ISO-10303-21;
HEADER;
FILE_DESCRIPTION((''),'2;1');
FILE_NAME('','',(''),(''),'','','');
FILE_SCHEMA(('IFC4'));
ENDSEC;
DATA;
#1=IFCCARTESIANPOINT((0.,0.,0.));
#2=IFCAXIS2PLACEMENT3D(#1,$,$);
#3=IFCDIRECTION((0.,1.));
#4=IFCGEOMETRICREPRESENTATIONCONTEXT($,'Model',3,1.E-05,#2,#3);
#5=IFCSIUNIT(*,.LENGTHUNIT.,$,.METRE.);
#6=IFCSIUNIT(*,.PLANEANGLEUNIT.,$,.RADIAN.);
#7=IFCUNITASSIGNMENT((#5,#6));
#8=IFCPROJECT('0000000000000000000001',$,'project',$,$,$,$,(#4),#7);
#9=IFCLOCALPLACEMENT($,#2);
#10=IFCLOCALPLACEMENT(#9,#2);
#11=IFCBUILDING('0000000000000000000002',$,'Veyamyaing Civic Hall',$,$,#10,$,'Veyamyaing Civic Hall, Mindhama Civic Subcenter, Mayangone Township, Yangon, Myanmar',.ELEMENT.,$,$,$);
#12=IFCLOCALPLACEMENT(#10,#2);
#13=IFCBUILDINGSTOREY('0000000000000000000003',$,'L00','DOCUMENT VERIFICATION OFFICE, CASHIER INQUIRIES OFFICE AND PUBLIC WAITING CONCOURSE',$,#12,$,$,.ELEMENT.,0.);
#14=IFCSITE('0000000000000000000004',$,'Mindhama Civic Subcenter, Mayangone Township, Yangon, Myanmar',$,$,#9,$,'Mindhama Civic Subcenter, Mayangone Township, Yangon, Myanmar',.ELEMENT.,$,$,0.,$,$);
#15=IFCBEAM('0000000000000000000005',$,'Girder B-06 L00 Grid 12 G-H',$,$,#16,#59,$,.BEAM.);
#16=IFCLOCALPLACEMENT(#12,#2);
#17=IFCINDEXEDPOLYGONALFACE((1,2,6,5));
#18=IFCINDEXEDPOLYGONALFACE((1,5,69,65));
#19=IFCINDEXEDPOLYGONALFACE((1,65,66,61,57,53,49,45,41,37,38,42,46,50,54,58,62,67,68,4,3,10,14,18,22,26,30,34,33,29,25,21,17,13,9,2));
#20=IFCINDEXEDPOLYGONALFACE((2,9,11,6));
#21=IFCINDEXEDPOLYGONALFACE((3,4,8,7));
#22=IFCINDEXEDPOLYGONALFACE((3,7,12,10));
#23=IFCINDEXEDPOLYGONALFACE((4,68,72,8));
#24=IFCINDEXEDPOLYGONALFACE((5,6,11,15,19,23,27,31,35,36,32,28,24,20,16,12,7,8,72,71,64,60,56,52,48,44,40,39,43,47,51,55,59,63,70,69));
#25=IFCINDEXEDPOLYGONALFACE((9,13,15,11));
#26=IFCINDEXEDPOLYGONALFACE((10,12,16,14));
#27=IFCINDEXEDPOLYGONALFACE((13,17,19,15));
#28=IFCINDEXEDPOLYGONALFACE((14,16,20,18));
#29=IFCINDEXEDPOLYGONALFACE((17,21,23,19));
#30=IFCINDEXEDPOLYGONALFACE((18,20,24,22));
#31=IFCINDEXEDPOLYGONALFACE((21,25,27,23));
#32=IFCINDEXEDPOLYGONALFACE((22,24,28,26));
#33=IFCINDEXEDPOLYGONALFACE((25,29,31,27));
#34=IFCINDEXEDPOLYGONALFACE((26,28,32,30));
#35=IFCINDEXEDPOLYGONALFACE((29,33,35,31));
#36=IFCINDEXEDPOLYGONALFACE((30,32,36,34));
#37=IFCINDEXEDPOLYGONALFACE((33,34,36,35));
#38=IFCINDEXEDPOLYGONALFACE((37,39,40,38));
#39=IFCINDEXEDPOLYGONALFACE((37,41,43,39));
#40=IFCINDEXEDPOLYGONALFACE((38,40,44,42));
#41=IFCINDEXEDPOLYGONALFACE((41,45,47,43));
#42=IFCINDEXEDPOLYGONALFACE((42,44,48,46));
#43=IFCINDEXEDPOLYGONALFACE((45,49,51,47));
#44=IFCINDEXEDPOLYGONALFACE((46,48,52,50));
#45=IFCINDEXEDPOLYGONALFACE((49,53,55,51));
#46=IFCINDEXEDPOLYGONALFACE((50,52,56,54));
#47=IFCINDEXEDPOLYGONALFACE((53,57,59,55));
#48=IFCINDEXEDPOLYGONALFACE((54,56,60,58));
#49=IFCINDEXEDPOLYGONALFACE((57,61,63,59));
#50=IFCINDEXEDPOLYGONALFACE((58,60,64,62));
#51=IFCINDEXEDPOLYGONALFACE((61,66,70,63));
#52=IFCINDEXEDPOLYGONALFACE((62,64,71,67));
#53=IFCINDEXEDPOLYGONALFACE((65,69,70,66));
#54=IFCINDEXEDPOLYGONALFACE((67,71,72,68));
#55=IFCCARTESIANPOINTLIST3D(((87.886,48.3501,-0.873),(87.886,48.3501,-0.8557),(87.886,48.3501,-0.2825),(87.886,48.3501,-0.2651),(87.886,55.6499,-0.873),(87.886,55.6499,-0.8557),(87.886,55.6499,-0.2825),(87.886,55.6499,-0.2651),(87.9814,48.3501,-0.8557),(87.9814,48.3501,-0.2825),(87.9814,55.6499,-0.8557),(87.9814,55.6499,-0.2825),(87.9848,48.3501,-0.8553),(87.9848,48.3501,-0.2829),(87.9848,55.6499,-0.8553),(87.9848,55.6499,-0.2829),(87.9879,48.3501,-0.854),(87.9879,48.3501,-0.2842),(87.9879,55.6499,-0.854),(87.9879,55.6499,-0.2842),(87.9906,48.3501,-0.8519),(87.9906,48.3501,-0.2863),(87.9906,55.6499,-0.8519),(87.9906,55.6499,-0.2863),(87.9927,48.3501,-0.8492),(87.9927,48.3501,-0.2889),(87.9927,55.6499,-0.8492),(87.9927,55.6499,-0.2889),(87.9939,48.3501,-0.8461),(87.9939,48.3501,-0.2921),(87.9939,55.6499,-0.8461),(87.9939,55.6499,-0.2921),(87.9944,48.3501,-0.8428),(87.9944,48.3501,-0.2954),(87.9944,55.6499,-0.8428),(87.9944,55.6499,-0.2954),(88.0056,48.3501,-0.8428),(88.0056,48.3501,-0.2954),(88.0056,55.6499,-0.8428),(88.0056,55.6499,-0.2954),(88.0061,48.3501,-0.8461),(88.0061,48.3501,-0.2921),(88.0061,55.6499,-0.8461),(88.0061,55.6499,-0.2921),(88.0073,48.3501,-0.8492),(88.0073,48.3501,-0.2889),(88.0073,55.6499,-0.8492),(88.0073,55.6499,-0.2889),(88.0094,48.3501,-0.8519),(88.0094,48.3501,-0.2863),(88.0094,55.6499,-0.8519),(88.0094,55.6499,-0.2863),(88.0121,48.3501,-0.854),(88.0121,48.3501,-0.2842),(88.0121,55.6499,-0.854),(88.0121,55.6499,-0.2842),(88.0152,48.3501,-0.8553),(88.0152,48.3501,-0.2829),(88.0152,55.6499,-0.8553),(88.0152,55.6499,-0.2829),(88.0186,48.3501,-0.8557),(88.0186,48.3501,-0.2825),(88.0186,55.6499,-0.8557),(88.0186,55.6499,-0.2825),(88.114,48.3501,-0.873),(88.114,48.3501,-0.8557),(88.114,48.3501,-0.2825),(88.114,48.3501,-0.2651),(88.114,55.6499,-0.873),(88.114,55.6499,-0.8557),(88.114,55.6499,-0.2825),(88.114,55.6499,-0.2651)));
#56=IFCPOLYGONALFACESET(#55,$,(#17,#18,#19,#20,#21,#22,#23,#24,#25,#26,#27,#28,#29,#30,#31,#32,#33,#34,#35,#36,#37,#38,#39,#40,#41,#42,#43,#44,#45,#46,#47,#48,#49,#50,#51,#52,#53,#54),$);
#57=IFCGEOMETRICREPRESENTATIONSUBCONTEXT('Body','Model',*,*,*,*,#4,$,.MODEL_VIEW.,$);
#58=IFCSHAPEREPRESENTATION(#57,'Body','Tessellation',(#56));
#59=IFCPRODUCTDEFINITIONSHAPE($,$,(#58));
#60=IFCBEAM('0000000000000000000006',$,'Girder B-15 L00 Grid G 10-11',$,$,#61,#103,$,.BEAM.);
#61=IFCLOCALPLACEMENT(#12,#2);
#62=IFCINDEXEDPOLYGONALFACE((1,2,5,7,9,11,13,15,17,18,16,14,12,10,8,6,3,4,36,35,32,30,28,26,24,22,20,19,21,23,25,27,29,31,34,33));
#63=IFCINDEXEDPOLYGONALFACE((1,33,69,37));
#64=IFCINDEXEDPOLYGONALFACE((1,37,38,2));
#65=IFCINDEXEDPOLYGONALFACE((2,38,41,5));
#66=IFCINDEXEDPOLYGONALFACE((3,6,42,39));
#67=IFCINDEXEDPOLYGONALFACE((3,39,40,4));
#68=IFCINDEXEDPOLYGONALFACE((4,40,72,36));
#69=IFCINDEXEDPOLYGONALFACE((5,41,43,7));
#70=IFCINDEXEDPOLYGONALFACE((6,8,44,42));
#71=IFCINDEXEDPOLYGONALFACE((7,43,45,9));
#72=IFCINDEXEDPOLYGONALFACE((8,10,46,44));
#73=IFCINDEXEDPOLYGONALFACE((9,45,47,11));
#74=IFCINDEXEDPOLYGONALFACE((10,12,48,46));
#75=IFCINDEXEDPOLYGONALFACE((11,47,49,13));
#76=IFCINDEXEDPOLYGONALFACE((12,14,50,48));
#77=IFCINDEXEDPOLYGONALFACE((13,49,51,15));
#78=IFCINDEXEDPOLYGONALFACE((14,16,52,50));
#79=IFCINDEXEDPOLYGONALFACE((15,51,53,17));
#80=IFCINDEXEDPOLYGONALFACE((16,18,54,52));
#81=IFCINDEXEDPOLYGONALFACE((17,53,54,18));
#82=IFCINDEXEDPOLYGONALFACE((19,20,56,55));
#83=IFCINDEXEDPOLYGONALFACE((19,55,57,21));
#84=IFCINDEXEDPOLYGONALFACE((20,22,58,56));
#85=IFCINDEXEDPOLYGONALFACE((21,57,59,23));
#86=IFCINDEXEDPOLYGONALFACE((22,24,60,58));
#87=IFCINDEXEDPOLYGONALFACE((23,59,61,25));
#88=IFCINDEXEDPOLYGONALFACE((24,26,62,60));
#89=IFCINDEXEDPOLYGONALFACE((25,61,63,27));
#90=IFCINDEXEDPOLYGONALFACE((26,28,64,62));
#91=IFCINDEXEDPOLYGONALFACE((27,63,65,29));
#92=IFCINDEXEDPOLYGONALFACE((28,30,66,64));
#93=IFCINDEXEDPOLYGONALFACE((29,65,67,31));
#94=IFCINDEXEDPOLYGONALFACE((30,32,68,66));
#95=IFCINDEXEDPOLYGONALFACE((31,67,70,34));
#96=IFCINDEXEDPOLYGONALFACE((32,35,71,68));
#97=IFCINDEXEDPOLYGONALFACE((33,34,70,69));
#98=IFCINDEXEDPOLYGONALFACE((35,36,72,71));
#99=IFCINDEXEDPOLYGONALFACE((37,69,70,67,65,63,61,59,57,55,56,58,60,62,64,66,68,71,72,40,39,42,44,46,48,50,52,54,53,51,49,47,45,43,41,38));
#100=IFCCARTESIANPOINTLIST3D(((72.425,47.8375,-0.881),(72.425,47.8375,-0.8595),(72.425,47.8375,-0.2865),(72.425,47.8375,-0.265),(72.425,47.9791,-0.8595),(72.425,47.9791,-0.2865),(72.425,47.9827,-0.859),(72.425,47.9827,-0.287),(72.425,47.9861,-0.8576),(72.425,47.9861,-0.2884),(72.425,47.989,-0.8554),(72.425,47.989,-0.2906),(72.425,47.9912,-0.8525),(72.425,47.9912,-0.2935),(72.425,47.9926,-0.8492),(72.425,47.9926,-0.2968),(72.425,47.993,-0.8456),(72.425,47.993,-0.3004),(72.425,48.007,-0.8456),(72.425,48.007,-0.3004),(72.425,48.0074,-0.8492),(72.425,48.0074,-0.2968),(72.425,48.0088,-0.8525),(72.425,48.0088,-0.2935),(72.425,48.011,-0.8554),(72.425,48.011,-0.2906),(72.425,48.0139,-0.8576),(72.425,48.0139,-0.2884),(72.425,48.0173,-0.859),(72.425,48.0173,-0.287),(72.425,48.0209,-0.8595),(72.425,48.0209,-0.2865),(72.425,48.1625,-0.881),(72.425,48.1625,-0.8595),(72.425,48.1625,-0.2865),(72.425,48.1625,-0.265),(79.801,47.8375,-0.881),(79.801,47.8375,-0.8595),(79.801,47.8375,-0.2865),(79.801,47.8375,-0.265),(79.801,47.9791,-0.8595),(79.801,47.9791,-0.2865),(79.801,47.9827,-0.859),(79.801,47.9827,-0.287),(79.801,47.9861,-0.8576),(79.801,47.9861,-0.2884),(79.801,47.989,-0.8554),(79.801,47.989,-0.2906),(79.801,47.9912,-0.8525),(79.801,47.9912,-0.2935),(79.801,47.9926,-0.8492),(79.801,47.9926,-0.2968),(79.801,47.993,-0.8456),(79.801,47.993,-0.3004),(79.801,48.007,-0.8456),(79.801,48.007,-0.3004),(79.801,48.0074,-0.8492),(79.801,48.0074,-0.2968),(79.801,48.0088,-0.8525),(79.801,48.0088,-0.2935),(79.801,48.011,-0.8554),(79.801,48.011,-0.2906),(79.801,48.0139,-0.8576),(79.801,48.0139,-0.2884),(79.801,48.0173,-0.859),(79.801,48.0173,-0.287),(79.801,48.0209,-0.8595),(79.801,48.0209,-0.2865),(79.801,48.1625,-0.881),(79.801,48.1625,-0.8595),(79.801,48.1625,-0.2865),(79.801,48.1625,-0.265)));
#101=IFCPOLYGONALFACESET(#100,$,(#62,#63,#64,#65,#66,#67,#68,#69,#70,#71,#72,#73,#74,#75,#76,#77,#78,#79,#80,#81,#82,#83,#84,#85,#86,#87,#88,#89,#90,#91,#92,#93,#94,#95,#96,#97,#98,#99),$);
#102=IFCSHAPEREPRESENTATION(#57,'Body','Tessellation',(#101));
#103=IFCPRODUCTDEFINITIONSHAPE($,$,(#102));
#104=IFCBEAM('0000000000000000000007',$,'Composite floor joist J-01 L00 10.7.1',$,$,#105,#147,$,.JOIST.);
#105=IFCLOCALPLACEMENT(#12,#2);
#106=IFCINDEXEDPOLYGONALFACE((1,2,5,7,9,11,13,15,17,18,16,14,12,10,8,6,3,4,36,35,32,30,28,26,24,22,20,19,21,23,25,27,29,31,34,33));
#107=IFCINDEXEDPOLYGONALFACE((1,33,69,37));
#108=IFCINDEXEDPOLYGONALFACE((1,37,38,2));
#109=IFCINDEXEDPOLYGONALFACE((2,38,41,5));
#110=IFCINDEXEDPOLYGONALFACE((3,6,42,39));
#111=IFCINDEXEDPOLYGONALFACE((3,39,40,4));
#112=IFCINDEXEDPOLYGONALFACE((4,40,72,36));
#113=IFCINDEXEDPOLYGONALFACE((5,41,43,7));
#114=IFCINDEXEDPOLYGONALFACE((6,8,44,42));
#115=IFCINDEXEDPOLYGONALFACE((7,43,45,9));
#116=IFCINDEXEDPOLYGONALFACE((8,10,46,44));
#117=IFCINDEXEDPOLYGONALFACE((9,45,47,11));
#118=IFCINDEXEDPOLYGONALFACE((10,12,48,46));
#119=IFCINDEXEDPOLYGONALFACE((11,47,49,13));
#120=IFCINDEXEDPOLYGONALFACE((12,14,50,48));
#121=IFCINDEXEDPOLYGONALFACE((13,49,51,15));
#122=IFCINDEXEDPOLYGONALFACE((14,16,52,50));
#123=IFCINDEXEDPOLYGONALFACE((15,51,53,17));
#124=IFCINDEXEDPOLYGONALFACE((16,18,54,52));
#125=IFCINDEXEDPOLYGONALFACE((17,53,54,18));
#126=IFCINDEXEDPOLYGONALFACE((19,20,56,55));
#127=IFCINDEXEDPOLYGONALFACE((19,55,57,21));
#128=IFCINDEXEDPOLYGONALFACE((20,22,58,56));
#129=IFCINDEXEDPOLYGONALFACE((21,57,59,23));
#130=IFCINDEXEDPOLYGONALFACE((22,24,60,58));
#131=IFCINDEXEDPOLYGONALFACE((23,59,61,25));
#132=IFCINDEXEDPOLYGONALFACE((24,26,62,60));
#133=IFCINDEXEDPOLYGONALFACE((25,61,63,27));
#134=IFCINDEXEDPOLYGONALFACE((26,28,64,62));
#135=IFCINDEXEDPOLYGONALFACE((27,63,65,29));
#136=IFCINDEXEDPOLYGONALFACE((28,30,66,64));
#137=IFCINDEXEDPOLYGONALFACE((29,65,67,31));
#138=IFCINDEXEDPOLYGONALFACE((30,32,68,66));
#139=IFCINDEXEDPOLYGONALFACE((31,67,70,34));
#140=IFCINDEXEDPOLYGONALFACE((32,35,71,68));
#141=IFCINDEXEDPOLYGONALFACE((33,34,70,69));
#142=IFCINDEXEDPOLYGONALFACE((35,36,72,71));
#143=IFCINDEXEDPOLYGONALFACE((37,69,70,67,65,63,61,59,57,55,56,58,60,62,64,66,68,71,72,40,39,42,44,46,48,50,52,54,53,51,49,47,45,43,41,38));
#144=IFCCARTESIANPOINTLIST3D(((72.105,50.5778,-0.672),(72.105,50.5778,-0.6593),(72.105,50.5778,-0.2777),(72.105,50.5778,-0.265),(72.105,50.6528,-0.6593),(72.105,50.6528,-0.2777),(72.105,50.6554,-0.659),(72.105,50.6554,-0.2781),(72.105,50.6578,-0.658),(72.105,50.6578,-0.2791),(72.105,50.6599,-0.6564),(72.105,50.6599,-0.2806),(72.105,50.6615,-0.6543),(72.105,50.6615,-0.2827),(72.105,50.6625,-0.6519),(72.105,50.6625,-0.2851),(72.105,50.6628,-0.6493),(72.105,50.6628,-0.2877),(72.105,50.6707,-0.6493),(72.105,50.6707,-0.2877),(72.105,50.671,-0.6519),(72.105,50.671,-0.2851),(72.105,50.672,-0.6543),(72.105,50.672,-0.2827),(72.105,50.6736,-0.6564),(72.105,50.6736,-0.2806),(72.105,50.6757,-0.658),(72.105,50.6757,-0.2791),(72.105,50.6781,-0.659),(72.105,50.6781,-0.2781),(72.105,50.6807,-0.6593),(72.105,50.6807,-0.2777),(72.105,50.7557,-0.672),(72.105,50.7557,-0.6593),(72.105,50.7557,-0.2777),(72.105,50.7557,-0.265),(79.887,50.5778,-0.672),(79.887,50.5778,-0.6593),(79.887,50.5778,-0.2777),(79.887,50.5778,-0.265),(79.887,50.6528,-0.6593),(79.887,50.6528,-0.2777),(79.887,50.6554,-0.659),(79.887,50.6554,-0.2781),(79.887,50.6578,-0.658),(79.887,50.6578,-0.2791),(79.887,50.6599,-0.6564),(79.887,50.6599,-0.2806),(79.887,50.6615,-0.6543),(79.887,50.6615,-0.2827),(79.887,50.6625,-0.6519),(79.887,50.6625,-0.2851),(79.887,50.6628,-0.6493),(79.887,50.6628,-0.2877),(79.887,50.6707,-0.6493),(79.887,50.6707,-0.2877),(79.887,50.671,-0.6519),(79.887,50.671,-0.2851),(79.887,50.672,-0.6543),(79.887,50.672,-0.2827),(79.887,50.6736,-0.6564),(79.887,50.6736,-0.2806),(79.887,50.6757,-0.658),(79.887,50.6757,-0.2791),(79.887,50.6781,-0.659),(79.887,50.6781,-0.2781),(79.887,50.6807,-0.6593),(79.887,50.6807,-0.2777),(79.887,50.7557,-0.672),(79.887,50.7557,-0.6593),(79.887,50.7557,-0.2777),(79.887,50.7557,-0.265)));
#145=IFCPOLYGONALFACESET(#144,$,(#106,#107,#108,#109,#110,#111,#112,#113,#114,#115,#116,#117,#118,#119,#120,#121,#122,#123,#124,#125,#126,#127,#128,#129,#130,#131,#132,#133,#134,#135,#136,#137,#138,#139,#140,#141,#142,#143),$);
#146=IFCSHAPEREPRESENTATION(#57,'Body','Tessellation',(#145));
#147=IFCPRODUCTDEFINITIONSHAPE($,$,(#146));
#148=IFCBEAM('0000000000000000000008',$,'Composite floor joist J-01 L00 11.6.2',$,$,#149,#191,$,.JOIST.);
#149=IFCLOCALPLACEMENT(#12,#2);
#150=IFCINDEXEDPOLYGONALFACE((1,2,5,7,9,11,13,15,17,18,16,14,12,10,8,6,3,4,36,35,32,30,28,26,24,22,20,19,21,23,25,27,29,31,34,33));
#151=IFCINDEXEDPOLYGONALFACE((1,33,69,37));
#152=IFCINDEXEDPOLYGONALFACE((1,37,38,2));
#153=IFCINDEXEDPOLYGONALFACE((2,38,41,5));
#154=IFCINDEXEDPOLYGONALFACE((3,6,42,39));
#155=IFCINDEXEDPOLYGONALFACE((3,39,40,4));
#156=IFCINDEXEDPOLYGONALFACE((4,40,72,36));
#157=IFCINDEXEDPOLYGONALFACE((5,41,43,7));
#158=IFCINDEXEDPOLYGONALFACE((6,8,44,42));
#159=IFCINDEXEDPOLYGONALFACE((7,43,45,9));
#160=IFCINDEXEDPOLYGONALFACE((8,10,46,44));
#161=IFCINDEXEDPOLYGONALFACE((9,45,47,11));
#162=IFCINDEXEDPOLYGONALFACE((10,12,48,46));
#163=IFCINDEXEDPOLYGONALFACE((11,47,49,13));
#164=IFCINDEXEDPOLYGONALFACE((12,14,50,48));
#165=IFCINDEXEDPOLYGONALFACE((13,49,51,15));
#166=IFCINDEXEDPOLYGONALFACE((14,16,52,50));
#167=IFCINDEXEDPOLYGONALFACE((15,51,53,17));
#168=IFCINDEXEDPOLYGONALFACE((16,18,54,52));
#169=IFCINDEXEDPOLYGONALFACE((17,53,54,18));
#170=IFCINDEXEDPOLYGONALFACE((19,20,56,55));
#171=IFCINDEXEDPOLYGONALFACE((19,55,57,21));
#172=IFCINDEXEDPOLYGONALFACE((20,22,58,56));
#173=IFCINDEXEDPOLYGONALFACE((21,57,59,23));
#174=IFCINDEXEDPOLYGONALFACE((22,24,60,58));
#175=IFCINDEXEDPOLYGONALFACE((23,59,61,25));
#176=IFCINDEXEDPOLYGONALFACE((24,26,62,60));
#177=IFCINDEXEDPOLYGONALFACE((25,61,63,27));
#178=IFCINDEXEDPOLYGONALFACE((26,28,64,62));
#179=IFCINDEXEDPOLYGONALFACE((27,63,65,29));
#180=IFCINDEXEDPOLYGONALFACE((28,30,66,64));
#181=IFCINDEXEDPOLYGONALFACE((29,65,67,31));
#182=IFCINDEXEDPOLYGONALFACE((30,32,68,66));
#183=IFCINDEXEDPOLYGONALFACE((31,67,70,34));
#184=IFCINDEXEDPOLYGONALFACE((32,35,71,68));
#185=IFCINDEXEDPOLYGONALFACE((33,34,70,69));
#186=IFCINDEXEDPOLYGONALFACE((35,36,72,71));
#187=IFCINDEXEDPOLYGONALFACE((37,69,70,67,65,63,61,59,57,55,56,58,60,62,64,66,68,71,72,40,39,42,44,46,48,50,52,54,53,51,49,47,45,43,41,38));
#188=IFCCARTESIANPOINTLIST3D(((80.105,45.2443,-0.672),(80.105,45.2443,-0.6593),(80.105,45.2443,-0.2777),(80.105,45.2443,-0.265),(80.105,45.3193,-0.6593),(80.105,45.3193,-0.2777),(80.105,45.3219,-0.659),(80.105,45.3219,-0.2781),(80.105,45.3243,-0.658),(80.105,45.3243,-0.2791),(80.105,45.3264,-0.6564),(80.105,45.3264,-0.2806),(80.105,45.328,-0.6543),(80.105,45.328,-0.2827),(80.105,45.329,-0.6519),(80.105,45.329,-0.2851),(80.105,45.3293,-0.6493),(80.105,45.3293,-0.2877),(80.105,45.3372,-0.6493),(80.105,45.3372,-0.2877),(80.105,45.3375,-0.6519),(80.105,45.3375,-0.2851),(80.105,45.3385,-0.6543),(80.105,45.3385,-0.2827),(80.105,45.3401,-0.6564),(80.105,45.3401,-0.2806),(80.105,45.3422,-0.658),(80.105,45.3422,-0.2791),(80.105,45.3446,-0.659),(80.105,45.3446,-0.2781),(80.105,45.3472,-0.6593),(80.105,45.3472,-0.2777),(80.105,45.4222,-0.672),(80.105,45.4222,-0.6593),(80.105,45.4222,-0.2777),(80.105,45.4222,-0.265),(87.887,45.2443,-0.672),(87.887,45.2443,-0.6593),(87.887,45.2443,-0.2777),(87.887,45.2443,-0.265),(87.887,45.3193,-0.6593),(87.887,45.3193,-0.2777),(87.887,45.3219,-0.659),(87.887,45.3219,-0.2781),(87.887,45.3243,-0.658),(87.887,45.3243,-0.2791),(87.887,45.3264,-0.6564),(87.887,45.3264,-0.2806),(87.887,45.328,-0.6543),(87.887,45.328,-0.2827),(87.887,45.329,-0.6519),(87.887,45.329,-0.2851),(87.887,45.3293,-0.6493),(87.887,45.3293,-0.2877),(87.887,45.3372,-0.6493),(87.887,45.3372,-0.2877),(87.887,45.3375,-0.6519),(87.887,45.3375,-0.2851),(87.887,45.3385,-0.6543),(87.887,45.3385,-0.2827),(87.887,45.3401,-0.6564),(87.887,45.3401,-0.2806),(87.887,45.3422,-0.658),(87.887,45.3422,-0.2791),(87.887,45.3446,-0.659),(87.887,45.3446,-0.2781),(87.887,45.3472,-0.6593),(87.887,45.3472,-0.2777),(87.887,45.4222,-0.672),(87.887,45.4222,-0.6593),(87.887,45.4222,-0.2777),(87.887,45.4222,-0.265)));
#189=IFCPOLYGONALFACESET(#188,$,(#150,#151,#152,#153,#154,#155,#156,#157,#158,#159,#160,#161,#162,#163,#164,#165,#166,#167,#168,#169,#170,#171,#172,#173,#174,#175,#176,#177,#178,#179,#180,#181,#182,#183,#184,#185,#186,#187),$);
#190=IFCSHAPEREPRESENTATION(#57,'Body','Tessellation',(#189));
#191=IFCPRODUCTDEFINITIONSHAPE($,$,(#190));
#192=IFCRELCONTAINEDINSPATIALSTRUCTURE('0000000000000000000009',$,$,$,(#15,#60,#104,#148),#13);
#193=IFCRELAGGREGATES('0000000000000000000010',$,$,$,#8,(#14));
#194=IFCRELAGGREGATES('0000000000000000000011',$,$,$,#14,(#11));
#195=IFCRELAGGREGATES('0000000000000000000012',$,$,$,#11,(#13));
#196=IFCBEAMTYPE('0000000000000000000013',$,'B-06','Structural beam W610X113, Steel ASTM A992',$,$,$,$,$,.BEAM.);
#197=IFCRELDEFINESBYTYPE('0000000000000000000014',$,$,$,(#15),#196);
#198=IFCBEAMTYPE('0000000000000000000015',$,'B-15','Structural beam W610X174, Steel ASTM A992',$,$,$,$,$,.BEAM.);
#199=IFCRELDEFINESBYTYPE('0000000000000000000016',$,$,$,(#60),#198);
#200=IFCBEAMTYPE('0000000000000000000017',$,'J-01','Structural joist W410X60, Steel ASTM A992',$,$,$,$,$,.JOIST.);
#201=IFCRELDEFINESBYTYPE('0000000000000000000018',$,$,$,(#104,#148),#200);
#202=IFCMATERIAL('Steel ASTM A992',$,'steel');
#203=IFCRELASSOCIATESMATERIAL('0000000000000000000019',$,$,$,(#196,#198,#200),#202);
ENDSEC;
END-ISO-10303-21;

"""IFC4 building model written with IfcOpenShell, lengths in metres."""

from ifc_helpers import new_model, si_unit, direction, frame, origin, origin_2d, place, context, subcontext, project, spatial, i_section, extrude, material, material_profile, profile_set, type_object, element, save


model = new_model("IFC4")

# Units and contexts
model_context = context("Model", 3, precision=1e-05, world=origin(), true_north=direction((0.0, 1.0)))
body_context = subcontext(model_context, "Body", "Model", "MODEL_VIEW")
ifc_project = project(units=[si_unit("LENGTHUNIT", "METRE"), si_unit("PLANEANGLEUNIT", "RADIAN")], contexts=[model_context])

# Site, building, storey
site_placement = place(None, origin())
site = spatial("IfcSite", under=ifc_project, at=site_placement, Name="Mindhama Civic Subcenter, Mayangone Township, Yangon, Myanmar", LongName="Mindhama Civic Subcenter, Mayangone Township, Yangon, Myanmar", CompositionType="ELEMENT", RefElevation=0.0)
building_placement = place(site_placement, origin())
building = spatial("IfcBuilding", under=site, at=building_placement, Name="Veyamyaing Civic Hall", LongName="Veyamyaing Civic Hall, Mindhama Civic Subcenter, Mayangone Township, Yangon, Myanmar", CompositionType="ELEMENT")
storey_placement = place(building_placement, origin())
storey = spatial("IfcBuildingStorey", under=building, at=storey_placement, Name="L00", Description="DOCUMENT VERIFICATION OFFICE, CASHIER INQUIRIES OFFICE AND PUBLIC WAITING CONCOURSE", CompositionType="ELEMENT", Elevation=0.0)

# Beams
ifc_material_1 = material(Name="Steel ASTM A992", Category="steel")
ifc_material_profile_1 = material_profile(ifc_material_1, i_section(OverallWidth=0.228, OverallDepth=0.6079, WebThickness=0.0112, FlangeThickness=0.0173, FilletRadius=0.0129, at=origin_2d()), Name="W610X113")
ifc_profile_set_1 = profile_set([ifc_material_profile_1], Name="Steel ASTM A992")
beam_type_1 = type_object("IfcBeamType", Name="B-06", Description="Structural beam W610X113, Steel ASTM A992", PredefinedType="BEAM", material=ifc_profile_set_1)
beam_1_placement = place(storey_placement, frame((88.0, 48.3501, -0.5691), z_axis=(0.0, 1.0, 0.0), x_axis=(-1.0, 0.0, 0.0)))
element("IfcBeam", 1, at=beam_1_placement, inside=storey, type_object=beam_type_1, Name="Girder B-06 L00 Grid 12 G-H", PredefinedType="BEAM", context=body_context, shape_type="SweptSolid", body=[
    extrude(i_section(OverallWidth=0.228, OverallDepth=0.6079, WebThickness=0.0112, FlangeThickness=0.0173, FilletRadius=0.0129, at=origin_2d()), origin(), (0.0, 0.0, 1.0), 7.2998),
])
ifc_material_profile_2 = material_profile(ifc_material_1, i_section(OverallWidth=0.325, OverallDepth=0.616, WebThickness=0.0139, FlangeThickness=0.0215, FilletRadius=0.0139, at=origin_2d()), Name="W610X174")
ifc_profile_set_2 = profile_set([ifc_material_profile_2], Name="Steel ASTM A992")
beam_type_2 = type_object("IfcBeamType", Name="B-15", Description="Structural beam W610X174, Steel ASTM A992", PredefinedType="BEAM", material=ifc_profile_set_2)
beam_2_placement = place(storey_placement, frame((72.425, 48.0, -0.573), z_axis=(1.0, 0.0, 0.0), x_axis=(0.0, 1.0, 0.0)))
element("IfcBeam", 2, at=beam_2_placement, inside=storey, type_object=beam_type_2, Name="Girder B-15 L00 Grid G 10-11", PredefinedType="BEAM", context=body_context, shape_type="SweptSolid", body=[
    extrude(i_section(OverallWidth=0.325, OverallDepth=0.616, WebThickness=0.0139, FlangeThickness=0.0215, FilletRadius=0.0139, at=origin_2d()), origin(), (0.0, 0.0, 1.0), 7.376),
])
ifc_material_profile_3 = material_profile(ifc_material_1, i_section(OverallWidth=0.178, OverallDepth=0.407, WebThickness=0.0078, FlangeThickness=0.0127, FilletRadius=0.01, at=origin_2d()), Name="W410X60")
ifc_profile_set_3 = profile_set([ifc_material_profile_3], Name="Steel ASTM A992")
beam_type_3 = type_object("IfcBeamType", Name="J-01", Description="Structural joist W410X60, Steel ASTM A992", PredefinedType="JOIST", material=ifc_profile_set_3)
for number, where, z_axis, x_axis, name in (
    (3, (72.105, 50.6667, -0.4685), (1.0, 0.0, 0.0), (0.0, 1.0, 0.0), "Composite floor joist J-01 L00 10.7.1"),
    (4, (80.105, 45.3333, -0.4685), (1.0, 0.0, 0.0), (0.0, 1.0, 0.0), "Composite floor joist J-01 L00 11.6.2"),
):
    element("IfcBeam", number, at=place(storey_placement, frame(where, z_axis=z_axis, x_axis=x_axis)), inside=storey, type_object=beam_type_3, Name=name, PredefinedType="JOIST", context=body_context, shape_type="SweptSolid", body=[
        extrude(i_section(OverallWidth=0.178, OverallDepth=0.407, WebThickness=0.0078, FlangeThickness=0.0127, FilletRadius=0.01, at=origin_2d()), origin(), (0.0, 0.0, 1.0), 7.782),
    ])

save(model, "model.ifc")
